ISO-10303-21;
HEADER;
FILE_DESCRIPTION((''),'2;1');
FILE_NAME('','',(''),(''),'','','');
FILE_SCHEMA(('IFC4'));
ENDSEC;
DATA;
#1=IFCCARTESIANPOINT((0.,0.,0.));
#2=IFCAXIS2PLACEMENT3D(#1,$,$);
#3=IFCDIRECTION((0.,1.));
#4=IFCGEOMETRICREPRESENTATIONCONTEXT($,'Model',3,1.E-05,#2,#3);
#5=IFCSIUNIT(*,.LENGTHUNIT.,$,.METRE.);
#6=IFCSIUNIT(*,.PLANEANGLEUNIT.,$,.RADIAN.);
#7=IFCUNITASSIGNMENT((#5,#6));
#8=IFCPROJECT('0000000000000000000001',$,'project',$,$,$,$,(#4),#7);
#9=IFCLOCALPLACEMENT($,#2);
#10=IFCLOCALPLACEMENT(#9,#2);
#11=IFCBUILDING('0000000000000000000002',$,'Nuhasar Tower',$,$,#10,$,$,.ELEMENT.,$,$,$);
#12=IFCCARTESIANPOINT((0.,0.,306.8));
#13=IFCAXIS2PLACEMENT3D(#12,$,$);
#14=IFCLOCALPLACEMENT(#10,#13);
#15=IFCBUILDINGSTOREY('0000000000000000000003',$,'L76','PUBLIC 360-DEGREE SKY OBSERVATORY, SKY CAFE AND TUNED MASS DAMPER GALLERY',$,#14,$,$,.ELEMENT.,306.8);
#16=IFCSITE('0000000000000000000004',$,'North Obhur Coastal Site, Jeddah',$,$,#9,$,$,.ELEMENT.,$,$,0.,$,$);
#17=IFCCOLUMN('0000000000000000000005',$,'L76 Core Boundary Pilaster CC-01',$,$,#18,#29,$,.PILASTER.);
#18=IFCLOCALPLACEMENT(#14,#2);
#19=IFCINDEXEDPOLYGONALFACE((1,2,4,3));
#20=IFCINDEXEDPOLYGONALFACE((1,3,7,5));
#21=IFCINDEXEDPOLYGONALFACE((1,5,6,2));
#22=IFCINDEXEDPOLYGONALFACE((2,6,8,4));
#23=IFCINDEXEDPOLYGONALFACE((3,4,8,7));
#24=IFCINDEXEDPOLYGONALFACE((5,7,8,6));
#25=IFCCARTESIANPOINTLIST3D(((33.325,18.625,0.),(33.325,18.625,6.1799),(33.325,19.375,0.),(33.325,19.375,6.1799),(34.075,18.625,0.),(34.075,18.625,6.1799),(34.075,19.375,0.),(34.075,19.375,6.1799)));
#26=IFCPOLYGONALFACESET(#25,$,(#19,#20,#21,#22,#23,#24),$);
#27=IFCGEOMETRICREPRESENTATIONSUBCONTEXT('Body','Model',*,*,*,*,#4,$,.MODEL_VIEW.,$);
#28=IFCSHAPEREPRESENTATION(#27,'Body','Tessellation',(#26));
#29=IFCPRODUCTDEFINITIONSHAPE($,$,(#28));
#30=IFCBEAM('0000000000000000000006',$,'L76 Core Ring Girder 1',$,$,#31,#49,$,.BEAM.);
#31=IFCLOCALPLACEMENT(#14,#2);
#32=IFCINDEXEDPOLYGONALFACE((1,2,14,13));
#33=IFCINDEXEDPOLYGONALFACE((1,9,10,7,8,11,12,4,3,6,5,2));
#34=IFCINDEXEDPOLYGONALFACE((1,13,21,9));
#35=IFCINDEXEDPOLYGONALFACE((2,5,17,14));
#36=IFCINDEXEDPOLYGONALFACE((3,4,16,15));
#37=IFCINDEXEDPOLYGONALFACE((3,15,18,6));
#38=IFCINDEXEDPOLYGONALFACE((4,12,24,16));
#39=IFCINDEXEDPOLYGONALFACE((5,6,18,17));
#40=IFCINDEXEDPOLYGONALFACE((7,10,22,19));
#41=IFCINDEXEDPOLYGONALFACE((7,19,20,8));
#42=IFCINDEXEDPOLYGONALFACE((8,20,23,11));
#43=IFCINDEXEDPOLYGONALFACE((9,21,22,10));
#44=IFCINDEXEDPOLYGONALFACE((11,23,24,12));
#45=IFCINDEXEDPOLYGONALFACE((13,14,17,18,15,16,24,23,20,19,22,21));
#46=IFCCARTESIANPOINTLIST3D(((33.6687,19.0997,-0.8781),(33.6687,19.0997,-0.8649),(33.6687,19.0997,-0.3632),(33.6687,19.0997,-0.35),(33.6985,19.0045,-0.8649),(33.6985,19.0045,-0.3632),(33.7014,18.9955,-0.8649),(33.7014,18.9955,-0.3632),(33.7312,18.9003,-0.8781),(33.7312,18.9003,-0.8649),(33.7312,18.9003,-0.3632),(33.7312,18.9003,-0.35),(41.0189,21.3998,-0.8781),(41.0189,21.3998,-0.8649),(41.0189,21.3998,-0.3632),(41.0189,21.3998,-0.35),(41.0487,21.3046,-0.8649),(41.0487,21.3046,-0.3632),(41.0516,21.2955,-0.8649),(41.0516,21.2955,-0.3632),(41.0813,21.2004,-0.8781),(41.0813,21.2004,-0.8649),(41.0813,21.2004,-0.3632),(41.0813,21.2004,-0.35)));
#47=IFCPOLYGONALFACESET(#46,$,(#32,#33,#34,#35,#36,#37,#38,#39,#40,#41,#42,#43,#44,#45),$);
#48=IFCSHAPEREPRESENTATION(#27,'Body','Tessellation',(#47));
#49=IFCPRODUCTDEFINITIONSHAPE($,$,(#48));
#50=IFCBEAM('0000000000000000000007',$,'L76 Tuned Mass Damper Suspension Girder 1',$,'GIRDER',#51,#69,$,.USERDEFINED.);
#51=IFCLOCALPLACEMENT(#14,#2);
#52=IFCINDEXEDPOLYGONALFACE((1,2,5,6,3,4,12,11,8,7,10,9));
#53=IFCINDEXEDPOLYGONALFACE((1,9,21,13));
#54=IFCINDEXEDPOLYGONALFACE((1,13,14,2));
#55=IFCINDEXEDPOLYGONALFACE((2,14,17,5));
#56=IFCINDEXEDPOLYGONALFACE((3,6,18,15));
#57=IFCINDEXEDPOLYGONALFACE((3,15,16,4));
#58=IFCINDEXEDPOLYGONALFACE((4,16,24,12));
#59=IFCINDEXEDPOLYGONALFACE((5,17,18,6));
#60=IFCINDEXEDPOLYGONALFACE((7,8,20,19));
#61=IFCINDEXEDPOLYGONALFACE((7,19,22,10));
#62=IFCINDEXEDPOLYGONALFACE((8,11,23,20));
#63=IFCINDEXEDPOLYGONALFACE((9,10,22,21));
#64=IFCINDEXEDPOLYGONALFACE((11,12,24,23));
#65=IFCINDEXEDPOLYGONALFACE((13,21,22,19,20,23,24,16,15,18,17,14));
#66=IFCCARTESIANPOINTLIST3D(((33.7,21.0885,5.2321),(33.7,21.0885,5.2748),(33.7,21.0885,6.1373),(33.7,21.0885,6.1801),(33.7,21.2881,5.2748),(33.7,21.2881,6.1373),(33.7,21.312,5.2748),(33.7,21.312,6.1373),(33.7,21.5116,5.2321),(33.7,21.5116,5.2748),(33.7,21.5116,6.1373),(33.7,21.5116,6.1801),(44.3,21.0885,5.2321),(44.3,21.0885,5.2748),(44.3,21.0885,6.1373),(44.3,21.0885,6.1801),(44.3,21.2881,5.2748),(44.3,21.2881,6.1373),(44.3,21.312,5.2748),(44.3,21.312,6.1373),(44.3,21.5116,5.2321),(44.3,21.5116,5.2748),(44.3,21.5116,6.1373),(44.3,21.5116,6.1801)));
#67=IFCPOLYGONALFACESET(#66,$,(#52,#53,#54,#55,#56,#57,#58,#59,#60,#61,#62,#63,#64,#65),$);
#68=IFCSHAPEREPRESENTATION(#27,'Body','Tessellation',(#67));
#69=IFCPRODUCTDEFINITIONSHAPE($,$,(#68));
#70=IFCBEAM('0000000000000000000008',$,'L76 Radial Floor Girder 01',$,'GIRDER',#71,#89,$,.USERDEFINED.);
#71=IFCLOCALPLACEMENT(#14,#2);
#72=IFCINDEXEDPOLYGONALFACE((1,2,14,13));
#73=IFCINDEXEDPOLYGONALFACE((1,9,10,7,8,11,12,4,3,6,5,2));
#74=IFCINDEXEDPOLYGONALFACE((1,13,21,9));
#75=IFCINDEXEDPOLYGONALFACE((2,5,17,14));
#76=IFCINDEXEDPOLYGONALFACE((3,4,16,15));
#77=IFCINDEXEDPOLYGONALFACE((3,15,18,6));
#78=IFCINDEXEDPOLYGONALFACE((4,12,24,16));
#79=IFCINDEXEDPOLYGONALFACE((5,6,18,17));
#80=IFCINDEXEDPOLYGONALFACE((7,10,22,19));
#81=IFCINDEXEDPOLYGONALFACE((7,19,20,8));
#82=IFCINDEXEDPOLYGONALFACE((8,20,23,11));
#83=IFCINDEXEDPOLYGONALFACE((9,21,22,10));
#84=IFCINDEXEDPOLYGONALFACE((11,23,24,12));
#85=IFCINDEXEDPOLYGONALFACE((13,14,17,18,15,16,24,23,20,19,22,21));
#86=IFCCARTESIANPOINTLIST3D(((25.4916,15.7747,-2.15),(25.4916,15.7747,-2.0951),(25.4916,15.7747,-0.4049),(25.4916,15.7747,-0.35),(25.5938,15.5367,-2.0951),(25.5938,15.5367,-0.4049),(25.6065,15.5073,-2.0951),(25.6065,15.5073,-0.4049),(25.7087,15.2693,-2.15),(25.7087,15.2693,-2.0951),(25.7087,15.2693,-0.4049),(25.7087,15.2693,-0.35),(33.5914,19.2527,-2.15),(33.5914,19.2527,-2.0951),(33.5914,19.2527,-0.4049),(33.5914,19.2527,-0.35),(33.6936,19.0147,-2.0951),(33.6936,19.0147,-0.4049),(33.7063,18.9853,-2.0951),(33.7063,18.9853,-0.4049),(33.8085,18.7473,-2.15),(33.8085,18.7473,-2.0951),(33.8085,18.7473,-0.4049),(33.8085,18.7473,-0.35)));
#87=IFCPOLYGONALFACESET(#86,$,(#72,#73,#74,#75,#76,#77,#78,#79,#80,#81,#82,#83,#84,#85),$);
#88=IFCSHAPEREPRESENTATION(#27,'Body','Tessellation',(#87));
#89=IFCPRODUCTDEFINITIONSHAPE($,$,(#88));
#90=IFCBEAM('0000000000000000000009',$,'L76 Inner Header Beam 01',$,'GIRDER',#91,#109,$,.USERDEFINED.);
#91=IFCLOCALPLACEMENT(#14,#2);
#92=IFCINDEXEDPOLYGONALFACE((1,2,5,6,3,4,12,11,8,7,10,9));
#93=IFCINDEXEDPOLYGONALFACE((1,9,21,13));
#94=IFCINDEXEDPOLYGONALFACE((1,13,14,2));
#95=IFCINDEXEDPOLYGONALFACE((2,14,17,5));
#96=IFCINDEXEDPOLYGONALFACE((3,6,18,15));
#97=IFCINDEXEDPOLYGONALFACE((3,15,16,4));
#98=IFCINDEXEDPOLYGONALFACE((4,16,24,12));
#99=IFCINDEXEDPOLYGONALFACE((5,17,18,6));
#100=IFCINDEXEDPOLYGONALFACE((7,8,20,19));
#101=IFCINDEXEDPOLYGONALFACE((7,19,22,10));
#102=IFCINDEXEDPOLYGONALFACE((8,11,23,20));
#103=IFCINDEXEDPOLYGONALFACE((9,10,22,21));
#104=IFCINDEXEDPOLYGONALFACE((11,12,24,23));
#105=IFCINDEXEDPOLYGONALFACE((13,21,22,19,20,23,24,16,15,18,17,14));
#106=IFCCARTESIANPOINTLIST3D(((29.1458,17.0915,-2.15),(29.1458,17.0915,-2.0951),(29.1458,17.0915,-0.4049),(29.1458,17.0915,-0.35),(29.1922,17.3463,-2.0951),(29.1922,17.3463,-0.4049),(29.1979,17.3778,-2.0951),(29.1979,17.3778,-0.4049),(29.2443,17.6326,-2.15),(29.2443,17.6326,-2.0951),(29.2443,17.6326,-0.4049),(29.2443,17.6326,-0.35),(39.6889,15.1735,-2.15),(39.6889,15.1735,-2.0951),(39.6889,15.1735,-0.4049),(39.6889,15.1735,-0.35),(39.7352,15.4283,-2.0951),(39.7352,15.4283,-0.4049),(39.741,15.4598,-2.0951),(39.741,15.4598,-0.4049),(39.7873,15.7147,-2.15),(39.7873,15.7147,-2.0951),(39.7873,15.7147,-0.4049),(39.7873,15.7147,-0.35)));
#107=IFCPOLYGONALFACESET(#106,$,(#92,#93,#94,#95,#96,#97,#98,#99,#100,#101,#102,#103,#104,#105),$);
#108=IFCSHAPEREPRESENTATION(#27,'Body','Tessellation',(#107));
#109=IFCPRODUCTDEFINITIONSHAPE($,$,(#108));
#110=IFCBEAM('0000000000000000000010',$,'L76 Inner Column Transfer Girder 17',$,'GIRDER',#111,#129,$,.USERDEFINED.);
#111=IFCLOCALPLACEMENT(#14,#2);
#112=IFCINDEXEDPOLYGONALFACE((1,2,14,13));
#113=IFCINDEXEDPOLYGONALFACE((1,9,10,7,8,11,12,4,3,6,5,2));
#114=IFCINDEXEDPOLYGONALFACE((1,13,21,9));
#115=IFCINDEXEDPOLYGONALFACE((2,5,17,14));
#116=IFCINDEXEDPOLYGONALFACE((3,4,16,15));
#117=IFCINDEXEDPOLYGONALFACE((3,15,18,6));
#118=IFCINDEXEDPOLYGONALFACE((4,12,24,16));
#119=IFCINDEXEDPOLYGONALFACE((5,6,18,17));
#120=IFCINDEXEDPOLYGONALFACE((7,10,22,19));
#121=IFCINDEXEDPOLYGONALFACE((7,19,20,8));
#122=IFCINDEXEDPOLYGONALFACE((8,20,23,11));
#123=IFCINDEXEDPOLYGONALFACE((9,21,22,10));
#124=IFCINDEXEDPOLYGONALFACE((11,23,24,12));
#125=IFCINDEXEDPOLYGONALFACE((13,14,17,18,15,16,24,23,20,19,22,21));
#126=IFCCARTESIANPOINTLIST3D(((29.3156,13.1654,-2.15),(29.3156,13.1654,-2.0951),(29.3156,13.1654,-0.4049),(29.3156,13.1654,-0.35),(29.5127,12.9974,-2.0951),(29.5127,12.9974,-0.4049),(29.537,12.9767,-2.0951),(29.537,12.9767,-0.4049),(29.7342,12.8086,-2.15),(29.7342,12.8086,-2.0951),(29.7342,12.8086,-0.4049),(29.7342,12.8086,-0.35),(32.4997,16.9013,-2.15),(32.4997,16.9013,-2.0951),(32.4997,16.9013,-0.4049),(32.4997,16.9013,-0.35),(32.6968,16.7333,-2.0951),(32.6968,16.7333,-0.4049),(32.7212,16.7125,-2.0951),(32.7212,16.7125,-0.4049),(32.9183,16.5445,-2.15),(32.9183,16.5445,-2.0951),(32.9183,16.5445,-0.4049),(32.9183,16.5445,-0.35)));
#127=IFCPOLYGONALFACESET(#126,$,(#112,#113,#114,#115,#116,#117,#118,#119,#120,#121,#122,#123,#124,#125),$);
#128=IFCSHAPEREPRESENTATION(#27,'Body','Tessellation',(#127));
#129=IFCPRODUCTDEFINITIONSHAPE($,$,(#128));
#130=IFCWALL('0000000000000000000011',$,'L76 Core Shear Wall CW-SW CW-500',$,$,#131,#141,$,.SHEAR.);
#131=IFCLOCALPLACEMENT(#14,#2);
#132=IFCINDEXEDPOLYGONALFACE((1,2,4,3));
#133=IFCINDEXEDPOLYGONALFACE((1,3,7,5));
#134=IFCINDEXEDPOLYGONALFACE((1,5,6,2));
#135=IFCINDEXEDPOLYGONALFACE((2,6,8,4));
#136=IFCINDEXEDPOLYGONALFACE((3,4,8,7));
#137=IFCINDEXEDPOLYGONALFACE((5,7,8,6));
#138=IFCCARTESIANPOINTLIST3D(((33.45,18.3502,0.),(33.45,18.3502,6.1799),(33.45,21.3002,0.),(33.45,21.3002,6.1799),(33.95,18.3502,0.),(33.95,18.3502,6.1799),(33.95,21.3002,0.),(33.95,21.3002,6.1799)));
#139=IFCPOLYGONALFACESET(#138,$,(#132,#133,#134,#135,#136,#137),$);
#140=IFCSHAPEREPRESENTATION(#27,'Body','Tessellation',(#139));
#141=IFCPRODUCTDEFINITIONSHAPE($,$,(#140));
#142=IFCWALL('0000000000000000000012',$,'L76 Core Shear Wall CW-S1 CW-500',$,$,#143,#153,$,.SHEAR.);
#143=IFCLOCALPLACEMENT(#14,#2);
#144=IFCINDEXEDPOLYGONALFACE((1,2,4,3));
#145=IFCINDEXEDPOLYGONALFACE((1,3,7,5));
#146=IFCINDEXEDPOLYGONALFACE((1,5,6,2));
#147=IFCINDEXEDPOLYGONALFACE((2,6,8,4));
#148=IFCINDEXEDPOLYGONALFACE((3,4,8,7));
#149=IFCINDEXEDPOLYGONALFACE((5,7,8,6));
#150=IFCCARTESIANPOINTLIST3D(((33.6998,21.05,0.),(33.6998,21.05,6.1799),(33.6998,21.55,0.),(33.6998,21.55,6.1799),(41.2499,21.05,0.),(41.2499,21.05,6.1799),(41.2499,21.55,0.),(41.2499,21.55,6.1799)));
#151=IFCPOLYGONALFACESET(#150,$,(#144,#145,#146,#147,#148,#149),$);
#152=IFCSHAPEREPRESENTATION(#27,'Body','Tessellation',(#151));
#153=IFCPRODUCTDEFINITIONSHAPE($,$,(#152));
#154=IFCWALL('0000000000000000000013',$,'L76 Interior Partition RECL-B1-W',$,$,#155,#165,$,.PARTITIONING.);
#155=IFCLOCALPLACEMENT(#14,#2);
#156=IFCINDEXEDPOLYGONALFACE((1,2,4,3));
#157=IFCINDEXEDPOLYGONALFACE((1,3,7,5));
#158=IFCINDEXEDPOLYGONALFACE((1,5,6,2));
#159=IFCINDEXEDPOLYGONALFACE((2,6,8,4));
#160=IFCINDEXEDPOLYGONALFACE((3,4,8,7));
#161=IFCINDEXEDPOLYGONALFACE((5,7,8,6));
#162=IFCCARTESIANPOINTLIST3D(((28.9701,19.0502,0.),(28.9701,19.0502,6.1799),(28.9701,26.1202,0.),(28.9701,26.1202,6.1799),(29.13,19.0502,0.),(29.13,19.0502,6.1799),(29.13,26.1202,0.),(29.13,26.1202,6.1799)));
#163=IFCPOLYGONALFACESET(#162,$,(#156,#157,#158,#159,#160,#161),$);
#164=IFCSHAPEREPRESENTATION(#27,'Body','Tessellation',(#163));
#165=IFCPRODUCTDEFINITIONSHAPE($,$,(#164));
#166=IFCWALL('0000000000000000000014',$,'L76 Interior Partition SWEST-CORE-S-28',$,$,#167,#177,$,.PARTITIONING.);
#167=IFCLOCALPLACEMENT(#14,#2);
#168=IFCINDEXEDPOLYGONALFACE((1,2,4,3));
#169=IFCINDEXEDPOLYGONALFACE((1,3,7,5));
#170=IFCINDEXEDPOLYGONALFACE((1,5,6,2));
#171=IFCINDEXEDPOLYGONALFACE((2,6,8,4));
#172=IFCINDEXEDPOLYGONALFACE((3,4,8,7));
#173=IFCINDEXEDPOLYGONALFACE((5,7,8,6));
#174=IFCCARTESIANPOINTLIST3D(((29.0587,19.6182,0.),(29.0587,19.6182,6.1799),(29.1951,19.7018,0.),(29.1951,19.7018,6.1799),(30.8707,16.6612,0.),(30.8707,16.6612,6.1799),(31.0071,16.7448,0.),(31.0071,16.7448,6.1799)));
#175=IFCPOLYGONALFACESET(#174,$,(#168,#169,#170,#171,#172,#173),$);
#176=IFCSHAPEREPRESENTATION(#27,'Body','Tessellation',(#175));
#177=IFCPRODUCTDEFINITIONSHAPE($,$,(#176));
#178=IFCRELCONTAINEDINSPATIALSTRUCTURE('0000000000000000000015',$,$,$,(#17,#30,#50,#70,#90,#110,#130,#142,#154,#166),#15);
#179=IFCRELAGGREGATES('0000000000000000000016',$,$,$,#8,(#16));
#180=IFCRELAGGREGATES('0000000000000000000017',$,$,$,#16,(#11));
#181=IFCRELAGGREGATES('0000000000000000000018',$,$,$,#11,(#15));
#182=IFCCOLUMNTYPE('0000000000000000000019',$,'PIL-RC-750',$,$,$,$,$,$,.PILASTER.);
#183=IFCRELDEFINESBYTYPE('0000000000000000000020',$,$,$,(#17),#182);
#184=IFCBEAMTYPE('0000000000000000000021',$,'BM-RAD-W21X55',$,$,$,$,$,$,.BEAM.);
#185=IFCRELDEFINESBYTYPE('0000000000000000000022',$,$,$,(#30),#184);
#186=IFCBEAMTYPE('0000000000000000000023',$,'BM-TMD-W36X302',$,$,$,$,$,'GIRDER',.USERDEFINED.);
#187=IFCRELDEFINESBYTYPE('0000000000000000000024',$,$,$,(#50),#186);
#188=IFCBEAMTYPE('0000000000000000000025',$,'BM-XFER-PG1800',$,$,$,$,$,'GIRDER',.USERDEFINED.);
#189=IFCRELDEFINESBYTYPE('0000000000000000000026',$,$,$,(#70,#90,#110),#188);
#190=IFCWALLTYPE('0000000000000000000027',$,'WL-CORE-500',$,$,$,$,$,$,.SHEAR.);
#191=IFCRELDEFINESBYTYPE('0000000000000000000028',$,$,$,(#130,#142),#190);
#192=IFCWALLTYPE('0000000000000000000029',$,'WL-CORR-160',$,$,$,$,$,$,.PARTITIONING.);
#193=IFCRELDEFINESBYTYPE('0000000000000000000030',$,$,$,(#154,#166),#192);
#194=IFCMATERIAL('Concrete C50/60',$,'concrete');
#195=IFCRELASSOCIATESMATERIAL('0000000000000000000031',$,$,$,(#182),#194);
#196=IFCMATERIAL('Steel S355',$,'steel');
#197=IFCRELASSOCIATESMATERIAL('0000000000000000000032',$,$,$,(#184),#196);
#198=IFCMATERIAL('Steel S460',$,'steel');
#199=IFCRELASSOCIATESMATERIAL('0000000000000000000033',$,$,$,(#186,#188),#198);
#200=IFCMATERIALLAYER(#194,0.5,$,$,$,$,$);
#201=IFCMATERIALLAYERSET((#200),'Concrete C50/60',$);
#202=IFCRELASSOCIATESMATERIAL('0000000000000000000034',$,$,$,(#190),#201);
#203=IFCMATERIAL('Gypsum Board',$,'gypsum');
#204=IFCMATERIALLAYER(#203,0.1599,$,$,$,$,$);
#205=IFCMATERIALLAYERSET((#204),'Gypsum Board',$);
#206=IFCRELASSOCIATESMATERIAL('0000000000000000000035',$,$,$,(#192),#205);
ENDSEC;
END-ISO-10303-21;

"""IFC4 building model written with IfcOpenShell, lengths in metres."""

from ifc_helpers import new_model, si_unit, direction, frame, frame_2d, origin, origin_2d, place, context, subcontext, project, spatial, rectangle, i_section, extrude, material, layer, layer_set, material_profile, profile_set, type_object, element, save


model = new_model("IFC4")

# Units and contexts
model_context = context("Model", 3, precision=1e-05, world=origin(), true_north=direction((0.0, 1.0)))
body_context = subcontext(model_context, "Body", "Model", "MODEL_VIEW")
ifc_project = project(units=[si_unit("LENGTHUNIT", "METRE"), si_unit("PLANEANGLEUNIT", "RADIAN")], contexts=[model_context])

# Site, building, storey
site_placement = place(None, origin())
site = spatial("IfcSite", under=ifc_project, at=site_placement, Name="North Obhur Coastal Site, Jeddah", CompositionType="ELEMENT", RefElevation=0.0)
building_placement = place(site_placement, origin())
building = spatial("IfcBuilding", under=site, at=building_placement, Name="Nuhasar Tower", CompositionType="ELEMENT")
storey_placement = place(building_placement, frame((0.0, 0.0, 306.8)))
storey = spatial("IfcBuildingStorey", under=building, at=storey_placement, Name="L76", Description="PUBLIC 360-DEGREE SKY OBSERVATORY, SKY CAFE AND TUNED MASS DAMPER GALLERY", CompositionType="ELEMENT", Elevation=306.8)

# Column
ifc_material_1 = material(Name="Concrete C50/60", Category="concrete")
ifc_material_profile_1 = material_profile(ifc_material_1, rectangle(XDim=0.75, YDim=0.75, at=origin_2d()), Name="RC750X750")
ifc_profile_set_1 = profile_set([ifc_material_profile_1], Name="Concrete C50/60")
column_type = type_object("IfcColumnType", Name="PIL-RC-750", PredefinedType="PILASTER", material=ifc_profile_set_1)
column_placement = place(storey_placement, frame((33.7, 19.0, 0.0), z_axis=(0.0, 0.0, 1.0), x_axis=(1.0, 0.0, 0.0)))
element("IfcColumn", 1, at=column_placement, inside=storey, type_object=column_type, Name="L76 Core Boundary Pilaster CC-01", PredefinedType="PILASTER", context=body_context, shape_type="SweptSolid", body=[
    extrude(rectangle(XDim=0.75, YDim=0.75, at=origin_2d()), origin(), (0.0, 0.0, 1.0), 6.1799),
])

# Beams
ifc_material_2 = material(Name="Steel S355", Category="steel")
ifc_material_profile_2 = material_profile(ifc_material_2, i_section(OverallWidth=0.209, OverallDepth=0.5281, WebThickness=0.0095, FlangeThickness=0.0132, at=origin_2d()), Name="W21X55")
ifc_profile_set_2 = profile_set([ifc_material_profile_2], Name="Steel S355")
beam_type_1 = type_object("IfcBeamType", Name="BM-RAD-W21X55", PredefinedType="BEAM", material=ifc_profile_set_2)
beam_1_placement = place(storey_placement, frame((33.7, 19.0, -0.614), z_axis=(0.954364, 0.298647, 0.0), x_axis=(-0.298647, 0.954364, 0.0)))
element("IfcBeam", 2, at=beam_1_placement, inside=storey, type_object=beam_type_1, Name="L76 Core Ring Girder 1", PredefinedType="BEAM", context=body_context, shape_type="SweptSolid", body=[
    extrude(i_section(OverallWidth=0.209, OverallDepth=0.5281, WebThickness=0.0095, FlangeThickness=0.0132, at=origin_2d()), origin(), (0.0, 0.0, 1.0), 7.7017),
])
ifc_material_3 = material(Name="Steel S460", Category="steel")
ifc_material_profile_3 = material_profile(ifc_material_3, i_section(OverallWidth=0.4231, OverallDepth=0.948, WebThickness=0.0239, FlangeThickness=0.0427, at=origin_2d()), Name="W36X302")
ifc_profile_set_3 = profile_set([ifc_material_profile_3], Name="Steel S460")
beam_type_2 = type_object("IfcBeamType", Name="BM-TMD-W36X302", ElementType="GIRDER", PredefinedType="USERDEFINED", material=ifc_profile_set_3)
beam_2_placement = place(storey_placement, frame((33.7, 21.3, 5.7061), z_axis=(1.0, 0.0, 0.0), x_axis=(0.0, 1.0, 0.0)))
element("IfcBeam", 3, at=beam_2_placement, inside=storey, type_object=beam_type_2, Name="L76 Tuned Mass Damper Suspension Girder 1", ObjectType="GIRDER", PredefinedType="USERDEFINED", context=body_context, shape_type="SweptSolid", body=[
    extrude(i_section(OverallWidth=0.4231, OverallDepth=0.948, WebThickness=0.0239, FlangeThickness=0.0427, at=origin_2d()), origin(), (0.0, 0.0, 1.0), 10.6001),
])
ifc_material_profile_4 = material_profile(ifc_material_3, i_section(OverallWidth=0.55, OverallDepth=1.8, WebThickness=0.032, FlangeThickness=0.0549, at=origin_2d()), Name="PG1800X550")
ifc_profile_set_4 = profile_set([ifc_material_profile_4], Name="Steel S460")
beam_type_3 = type_object("IfcBeamType", Name="BM-XFER-PG1800", ElementType="GIRDER", PredefinedType="USERDEFINED", material=ifc_profile_set_4)
beam_3_placement = place(storey_placement, frame((33.7, 19.0, -1.25), z_axis=(-0.918871, -0.394558, 0.0), x_axis=(0.394558, -0.918871, 0.0)))
element("IfcBeam", 4, at=beam_3_placement, inside=storey, type_object=beam_type_3, Name="L76 Radial Floor Girder 01", ObjectType="GIRDER", PredefinedType="USERDEFINED", context=body_context, shape_type="SweptSolid", body=[
    extrude(i_section(OverallWidth=0.55, OverallDepth=1.8, WebThickness=0.032, FlangeThickness=0.0549, at=origin_2d()), origin(), (0.0, 0.0, 1.0), 8.8149),
])
beam_4_placement = place(storey_placement, frame((29.1951, 17.3621, -1.25), z_axis=(0.983852, -0.178982, 0.0), x_axis=(0.178982, 0.983852, 0.0)))
element("IfcBeam", 5, at=beam_4_placement, inside=storey, type_object=beam_type_3, Name="L76 Inner Header Beam 01", ObjectType="GIRDER", PredefinedType="USERDEFINED", context=body_context, shape_type="SweptSolid", body=[
    extrude(i_section(OverallWidth=0.55, OverallDepth=1.8, WebThickness=0.032, FlangeThickness=0.0549, at=origin_2d()), origin(), (0.0, 0.0, 1.0), 10.7161),
])
beam_5_placement = place(storey_placement, frame((32.709, 16.7229, -1.25), z_axis=(-0.648667, -0.761072, 0.0), x_axis=(0.761072, -0.648667, 0.0)))
element("IfcBeam", 6, at=beam_5_placement, inside=storey, type_object=beam_type_3, Name="L76 Inner Column Transfer Girder 17", ObjectType="GIRDER", PredefinedType="USERDEFINED", context=body_context, shape_type="SweptSolid", body=[
    extrude(i_section(OverallWidth=0.55, OverallDepth=1.8, WebThickness=0.032, FlangeThickness=0.0549, at=origin_2d()), origin(), (0.0, 0.0, 1.0), 4.9087),
])

# Walls
ifc_layer_1 = layer(ifc_material_1, 0.5)
ifc_layer_set_1 = layer_set([ifc_layer_1], Name="Concrete C50/60")
wall_type_1 = type_object("IfcWallType", Name="WL-CORE-500", PredefinedType="SHEAR", material=ifc_layer_set_1)
wall_1_placement = place(storey_placement, frame((33.7, 18.3501, 0.0), z_axis=(0.0, 0.0, 1.0), x_axis=(0.0, 1.0, 0.0)))
element("IfcWall", 7, at=wall_1_placement, inside=storey, type_object=wall_type_1, Name="L76 Core Shear Wall CW-SW CW-500", PredefinedType="SHEAR", context=body_context, shape_type="SweptSolid", body=[
    extrude(rectangle(XDim=2.95, YDim=0.5, at=frame_2d((1.4751, 0.0))), origin(), (0.0, 0.0, 1.0), 6.1799),
])
wall_2_placement = place(storey_placement, frame((33.7, 21.3, 0.0), z_axis=(0.0, 0.0, 1.0), x_axis=(1.0, 0.0, 0.0)))
element("IfcWall", 8, at=wall_2_placement, inside=storey, type_object=wall_type_1, Name="L76 Core Shear Wall CW-S1 CW-500", PredefinedType="SHEAR", context=body_context, shape_type="SweptSolid", body=[
    extrude(rectangle(XDim=7.55, YDim=0.5, at=frame_2d((3.7749, 0.0))), origin(), (0.0, 0.0, 1.0), 6.1799),
])
ifc_material_4 = material(Name="Gypsum Board", Category="gypsum")
ifc_layer_2 = layer(ifc_material_4, 0.1599)
ifc_layer_set_2 = layer_set([ifc_layer_2], Name="Gypsum Board")
wall_type_2 = type_object("IfcWallType", Name="WL-CORR-160", PredefinedType="PARTITIONING", material=ifc_layer_set_2)
wall_3_placement = place(storey_placement, frame((29.05, 19.05, 0.0), z_axis=(0.0, 0.0, 1.0), x_axis=(0.0, 1.0, 0.0)))
element("IfcWall", 9, at=wall_3_placement, inside=storey, type_object=wall_type_2, Name="L76 Interior Partition RECL-B1-W", PredefinedType="PARTITIONING", context=body_context, shape_type="SweptSolid", body=[
    extrude(rectangle(XDim=7.0701, YDim=0.1599, at=frame_2d((3.5352, 0.0))), origin(), (0.0, 0.0, 1.0), 6.1799),
])

# Wall
wall_4_placement = place(storey_placement, frame((29.127, 19.6599, 0.0), z_axis=(0.0, 0.0, 1.0), x_axis=(0.522486, -0.852648, 0.0)))
element("IfcWall", 10, at=wall_4_placement, inside=storey, type_object=wall_type_2, Name="L76 Interior Partition SWEST-CORE-S-28", PredefinedType="PARTITIONING", context=body_context, shape_type="SweptSolid", body=[
    extrude(rectangle(XDim=3.468, YDim=0.1599, at=frame_2d((1.7339, 0.0))), origin(), (0.0, 0.0, 1.0), 6.1799),
])

save(model, "model.ifc")
